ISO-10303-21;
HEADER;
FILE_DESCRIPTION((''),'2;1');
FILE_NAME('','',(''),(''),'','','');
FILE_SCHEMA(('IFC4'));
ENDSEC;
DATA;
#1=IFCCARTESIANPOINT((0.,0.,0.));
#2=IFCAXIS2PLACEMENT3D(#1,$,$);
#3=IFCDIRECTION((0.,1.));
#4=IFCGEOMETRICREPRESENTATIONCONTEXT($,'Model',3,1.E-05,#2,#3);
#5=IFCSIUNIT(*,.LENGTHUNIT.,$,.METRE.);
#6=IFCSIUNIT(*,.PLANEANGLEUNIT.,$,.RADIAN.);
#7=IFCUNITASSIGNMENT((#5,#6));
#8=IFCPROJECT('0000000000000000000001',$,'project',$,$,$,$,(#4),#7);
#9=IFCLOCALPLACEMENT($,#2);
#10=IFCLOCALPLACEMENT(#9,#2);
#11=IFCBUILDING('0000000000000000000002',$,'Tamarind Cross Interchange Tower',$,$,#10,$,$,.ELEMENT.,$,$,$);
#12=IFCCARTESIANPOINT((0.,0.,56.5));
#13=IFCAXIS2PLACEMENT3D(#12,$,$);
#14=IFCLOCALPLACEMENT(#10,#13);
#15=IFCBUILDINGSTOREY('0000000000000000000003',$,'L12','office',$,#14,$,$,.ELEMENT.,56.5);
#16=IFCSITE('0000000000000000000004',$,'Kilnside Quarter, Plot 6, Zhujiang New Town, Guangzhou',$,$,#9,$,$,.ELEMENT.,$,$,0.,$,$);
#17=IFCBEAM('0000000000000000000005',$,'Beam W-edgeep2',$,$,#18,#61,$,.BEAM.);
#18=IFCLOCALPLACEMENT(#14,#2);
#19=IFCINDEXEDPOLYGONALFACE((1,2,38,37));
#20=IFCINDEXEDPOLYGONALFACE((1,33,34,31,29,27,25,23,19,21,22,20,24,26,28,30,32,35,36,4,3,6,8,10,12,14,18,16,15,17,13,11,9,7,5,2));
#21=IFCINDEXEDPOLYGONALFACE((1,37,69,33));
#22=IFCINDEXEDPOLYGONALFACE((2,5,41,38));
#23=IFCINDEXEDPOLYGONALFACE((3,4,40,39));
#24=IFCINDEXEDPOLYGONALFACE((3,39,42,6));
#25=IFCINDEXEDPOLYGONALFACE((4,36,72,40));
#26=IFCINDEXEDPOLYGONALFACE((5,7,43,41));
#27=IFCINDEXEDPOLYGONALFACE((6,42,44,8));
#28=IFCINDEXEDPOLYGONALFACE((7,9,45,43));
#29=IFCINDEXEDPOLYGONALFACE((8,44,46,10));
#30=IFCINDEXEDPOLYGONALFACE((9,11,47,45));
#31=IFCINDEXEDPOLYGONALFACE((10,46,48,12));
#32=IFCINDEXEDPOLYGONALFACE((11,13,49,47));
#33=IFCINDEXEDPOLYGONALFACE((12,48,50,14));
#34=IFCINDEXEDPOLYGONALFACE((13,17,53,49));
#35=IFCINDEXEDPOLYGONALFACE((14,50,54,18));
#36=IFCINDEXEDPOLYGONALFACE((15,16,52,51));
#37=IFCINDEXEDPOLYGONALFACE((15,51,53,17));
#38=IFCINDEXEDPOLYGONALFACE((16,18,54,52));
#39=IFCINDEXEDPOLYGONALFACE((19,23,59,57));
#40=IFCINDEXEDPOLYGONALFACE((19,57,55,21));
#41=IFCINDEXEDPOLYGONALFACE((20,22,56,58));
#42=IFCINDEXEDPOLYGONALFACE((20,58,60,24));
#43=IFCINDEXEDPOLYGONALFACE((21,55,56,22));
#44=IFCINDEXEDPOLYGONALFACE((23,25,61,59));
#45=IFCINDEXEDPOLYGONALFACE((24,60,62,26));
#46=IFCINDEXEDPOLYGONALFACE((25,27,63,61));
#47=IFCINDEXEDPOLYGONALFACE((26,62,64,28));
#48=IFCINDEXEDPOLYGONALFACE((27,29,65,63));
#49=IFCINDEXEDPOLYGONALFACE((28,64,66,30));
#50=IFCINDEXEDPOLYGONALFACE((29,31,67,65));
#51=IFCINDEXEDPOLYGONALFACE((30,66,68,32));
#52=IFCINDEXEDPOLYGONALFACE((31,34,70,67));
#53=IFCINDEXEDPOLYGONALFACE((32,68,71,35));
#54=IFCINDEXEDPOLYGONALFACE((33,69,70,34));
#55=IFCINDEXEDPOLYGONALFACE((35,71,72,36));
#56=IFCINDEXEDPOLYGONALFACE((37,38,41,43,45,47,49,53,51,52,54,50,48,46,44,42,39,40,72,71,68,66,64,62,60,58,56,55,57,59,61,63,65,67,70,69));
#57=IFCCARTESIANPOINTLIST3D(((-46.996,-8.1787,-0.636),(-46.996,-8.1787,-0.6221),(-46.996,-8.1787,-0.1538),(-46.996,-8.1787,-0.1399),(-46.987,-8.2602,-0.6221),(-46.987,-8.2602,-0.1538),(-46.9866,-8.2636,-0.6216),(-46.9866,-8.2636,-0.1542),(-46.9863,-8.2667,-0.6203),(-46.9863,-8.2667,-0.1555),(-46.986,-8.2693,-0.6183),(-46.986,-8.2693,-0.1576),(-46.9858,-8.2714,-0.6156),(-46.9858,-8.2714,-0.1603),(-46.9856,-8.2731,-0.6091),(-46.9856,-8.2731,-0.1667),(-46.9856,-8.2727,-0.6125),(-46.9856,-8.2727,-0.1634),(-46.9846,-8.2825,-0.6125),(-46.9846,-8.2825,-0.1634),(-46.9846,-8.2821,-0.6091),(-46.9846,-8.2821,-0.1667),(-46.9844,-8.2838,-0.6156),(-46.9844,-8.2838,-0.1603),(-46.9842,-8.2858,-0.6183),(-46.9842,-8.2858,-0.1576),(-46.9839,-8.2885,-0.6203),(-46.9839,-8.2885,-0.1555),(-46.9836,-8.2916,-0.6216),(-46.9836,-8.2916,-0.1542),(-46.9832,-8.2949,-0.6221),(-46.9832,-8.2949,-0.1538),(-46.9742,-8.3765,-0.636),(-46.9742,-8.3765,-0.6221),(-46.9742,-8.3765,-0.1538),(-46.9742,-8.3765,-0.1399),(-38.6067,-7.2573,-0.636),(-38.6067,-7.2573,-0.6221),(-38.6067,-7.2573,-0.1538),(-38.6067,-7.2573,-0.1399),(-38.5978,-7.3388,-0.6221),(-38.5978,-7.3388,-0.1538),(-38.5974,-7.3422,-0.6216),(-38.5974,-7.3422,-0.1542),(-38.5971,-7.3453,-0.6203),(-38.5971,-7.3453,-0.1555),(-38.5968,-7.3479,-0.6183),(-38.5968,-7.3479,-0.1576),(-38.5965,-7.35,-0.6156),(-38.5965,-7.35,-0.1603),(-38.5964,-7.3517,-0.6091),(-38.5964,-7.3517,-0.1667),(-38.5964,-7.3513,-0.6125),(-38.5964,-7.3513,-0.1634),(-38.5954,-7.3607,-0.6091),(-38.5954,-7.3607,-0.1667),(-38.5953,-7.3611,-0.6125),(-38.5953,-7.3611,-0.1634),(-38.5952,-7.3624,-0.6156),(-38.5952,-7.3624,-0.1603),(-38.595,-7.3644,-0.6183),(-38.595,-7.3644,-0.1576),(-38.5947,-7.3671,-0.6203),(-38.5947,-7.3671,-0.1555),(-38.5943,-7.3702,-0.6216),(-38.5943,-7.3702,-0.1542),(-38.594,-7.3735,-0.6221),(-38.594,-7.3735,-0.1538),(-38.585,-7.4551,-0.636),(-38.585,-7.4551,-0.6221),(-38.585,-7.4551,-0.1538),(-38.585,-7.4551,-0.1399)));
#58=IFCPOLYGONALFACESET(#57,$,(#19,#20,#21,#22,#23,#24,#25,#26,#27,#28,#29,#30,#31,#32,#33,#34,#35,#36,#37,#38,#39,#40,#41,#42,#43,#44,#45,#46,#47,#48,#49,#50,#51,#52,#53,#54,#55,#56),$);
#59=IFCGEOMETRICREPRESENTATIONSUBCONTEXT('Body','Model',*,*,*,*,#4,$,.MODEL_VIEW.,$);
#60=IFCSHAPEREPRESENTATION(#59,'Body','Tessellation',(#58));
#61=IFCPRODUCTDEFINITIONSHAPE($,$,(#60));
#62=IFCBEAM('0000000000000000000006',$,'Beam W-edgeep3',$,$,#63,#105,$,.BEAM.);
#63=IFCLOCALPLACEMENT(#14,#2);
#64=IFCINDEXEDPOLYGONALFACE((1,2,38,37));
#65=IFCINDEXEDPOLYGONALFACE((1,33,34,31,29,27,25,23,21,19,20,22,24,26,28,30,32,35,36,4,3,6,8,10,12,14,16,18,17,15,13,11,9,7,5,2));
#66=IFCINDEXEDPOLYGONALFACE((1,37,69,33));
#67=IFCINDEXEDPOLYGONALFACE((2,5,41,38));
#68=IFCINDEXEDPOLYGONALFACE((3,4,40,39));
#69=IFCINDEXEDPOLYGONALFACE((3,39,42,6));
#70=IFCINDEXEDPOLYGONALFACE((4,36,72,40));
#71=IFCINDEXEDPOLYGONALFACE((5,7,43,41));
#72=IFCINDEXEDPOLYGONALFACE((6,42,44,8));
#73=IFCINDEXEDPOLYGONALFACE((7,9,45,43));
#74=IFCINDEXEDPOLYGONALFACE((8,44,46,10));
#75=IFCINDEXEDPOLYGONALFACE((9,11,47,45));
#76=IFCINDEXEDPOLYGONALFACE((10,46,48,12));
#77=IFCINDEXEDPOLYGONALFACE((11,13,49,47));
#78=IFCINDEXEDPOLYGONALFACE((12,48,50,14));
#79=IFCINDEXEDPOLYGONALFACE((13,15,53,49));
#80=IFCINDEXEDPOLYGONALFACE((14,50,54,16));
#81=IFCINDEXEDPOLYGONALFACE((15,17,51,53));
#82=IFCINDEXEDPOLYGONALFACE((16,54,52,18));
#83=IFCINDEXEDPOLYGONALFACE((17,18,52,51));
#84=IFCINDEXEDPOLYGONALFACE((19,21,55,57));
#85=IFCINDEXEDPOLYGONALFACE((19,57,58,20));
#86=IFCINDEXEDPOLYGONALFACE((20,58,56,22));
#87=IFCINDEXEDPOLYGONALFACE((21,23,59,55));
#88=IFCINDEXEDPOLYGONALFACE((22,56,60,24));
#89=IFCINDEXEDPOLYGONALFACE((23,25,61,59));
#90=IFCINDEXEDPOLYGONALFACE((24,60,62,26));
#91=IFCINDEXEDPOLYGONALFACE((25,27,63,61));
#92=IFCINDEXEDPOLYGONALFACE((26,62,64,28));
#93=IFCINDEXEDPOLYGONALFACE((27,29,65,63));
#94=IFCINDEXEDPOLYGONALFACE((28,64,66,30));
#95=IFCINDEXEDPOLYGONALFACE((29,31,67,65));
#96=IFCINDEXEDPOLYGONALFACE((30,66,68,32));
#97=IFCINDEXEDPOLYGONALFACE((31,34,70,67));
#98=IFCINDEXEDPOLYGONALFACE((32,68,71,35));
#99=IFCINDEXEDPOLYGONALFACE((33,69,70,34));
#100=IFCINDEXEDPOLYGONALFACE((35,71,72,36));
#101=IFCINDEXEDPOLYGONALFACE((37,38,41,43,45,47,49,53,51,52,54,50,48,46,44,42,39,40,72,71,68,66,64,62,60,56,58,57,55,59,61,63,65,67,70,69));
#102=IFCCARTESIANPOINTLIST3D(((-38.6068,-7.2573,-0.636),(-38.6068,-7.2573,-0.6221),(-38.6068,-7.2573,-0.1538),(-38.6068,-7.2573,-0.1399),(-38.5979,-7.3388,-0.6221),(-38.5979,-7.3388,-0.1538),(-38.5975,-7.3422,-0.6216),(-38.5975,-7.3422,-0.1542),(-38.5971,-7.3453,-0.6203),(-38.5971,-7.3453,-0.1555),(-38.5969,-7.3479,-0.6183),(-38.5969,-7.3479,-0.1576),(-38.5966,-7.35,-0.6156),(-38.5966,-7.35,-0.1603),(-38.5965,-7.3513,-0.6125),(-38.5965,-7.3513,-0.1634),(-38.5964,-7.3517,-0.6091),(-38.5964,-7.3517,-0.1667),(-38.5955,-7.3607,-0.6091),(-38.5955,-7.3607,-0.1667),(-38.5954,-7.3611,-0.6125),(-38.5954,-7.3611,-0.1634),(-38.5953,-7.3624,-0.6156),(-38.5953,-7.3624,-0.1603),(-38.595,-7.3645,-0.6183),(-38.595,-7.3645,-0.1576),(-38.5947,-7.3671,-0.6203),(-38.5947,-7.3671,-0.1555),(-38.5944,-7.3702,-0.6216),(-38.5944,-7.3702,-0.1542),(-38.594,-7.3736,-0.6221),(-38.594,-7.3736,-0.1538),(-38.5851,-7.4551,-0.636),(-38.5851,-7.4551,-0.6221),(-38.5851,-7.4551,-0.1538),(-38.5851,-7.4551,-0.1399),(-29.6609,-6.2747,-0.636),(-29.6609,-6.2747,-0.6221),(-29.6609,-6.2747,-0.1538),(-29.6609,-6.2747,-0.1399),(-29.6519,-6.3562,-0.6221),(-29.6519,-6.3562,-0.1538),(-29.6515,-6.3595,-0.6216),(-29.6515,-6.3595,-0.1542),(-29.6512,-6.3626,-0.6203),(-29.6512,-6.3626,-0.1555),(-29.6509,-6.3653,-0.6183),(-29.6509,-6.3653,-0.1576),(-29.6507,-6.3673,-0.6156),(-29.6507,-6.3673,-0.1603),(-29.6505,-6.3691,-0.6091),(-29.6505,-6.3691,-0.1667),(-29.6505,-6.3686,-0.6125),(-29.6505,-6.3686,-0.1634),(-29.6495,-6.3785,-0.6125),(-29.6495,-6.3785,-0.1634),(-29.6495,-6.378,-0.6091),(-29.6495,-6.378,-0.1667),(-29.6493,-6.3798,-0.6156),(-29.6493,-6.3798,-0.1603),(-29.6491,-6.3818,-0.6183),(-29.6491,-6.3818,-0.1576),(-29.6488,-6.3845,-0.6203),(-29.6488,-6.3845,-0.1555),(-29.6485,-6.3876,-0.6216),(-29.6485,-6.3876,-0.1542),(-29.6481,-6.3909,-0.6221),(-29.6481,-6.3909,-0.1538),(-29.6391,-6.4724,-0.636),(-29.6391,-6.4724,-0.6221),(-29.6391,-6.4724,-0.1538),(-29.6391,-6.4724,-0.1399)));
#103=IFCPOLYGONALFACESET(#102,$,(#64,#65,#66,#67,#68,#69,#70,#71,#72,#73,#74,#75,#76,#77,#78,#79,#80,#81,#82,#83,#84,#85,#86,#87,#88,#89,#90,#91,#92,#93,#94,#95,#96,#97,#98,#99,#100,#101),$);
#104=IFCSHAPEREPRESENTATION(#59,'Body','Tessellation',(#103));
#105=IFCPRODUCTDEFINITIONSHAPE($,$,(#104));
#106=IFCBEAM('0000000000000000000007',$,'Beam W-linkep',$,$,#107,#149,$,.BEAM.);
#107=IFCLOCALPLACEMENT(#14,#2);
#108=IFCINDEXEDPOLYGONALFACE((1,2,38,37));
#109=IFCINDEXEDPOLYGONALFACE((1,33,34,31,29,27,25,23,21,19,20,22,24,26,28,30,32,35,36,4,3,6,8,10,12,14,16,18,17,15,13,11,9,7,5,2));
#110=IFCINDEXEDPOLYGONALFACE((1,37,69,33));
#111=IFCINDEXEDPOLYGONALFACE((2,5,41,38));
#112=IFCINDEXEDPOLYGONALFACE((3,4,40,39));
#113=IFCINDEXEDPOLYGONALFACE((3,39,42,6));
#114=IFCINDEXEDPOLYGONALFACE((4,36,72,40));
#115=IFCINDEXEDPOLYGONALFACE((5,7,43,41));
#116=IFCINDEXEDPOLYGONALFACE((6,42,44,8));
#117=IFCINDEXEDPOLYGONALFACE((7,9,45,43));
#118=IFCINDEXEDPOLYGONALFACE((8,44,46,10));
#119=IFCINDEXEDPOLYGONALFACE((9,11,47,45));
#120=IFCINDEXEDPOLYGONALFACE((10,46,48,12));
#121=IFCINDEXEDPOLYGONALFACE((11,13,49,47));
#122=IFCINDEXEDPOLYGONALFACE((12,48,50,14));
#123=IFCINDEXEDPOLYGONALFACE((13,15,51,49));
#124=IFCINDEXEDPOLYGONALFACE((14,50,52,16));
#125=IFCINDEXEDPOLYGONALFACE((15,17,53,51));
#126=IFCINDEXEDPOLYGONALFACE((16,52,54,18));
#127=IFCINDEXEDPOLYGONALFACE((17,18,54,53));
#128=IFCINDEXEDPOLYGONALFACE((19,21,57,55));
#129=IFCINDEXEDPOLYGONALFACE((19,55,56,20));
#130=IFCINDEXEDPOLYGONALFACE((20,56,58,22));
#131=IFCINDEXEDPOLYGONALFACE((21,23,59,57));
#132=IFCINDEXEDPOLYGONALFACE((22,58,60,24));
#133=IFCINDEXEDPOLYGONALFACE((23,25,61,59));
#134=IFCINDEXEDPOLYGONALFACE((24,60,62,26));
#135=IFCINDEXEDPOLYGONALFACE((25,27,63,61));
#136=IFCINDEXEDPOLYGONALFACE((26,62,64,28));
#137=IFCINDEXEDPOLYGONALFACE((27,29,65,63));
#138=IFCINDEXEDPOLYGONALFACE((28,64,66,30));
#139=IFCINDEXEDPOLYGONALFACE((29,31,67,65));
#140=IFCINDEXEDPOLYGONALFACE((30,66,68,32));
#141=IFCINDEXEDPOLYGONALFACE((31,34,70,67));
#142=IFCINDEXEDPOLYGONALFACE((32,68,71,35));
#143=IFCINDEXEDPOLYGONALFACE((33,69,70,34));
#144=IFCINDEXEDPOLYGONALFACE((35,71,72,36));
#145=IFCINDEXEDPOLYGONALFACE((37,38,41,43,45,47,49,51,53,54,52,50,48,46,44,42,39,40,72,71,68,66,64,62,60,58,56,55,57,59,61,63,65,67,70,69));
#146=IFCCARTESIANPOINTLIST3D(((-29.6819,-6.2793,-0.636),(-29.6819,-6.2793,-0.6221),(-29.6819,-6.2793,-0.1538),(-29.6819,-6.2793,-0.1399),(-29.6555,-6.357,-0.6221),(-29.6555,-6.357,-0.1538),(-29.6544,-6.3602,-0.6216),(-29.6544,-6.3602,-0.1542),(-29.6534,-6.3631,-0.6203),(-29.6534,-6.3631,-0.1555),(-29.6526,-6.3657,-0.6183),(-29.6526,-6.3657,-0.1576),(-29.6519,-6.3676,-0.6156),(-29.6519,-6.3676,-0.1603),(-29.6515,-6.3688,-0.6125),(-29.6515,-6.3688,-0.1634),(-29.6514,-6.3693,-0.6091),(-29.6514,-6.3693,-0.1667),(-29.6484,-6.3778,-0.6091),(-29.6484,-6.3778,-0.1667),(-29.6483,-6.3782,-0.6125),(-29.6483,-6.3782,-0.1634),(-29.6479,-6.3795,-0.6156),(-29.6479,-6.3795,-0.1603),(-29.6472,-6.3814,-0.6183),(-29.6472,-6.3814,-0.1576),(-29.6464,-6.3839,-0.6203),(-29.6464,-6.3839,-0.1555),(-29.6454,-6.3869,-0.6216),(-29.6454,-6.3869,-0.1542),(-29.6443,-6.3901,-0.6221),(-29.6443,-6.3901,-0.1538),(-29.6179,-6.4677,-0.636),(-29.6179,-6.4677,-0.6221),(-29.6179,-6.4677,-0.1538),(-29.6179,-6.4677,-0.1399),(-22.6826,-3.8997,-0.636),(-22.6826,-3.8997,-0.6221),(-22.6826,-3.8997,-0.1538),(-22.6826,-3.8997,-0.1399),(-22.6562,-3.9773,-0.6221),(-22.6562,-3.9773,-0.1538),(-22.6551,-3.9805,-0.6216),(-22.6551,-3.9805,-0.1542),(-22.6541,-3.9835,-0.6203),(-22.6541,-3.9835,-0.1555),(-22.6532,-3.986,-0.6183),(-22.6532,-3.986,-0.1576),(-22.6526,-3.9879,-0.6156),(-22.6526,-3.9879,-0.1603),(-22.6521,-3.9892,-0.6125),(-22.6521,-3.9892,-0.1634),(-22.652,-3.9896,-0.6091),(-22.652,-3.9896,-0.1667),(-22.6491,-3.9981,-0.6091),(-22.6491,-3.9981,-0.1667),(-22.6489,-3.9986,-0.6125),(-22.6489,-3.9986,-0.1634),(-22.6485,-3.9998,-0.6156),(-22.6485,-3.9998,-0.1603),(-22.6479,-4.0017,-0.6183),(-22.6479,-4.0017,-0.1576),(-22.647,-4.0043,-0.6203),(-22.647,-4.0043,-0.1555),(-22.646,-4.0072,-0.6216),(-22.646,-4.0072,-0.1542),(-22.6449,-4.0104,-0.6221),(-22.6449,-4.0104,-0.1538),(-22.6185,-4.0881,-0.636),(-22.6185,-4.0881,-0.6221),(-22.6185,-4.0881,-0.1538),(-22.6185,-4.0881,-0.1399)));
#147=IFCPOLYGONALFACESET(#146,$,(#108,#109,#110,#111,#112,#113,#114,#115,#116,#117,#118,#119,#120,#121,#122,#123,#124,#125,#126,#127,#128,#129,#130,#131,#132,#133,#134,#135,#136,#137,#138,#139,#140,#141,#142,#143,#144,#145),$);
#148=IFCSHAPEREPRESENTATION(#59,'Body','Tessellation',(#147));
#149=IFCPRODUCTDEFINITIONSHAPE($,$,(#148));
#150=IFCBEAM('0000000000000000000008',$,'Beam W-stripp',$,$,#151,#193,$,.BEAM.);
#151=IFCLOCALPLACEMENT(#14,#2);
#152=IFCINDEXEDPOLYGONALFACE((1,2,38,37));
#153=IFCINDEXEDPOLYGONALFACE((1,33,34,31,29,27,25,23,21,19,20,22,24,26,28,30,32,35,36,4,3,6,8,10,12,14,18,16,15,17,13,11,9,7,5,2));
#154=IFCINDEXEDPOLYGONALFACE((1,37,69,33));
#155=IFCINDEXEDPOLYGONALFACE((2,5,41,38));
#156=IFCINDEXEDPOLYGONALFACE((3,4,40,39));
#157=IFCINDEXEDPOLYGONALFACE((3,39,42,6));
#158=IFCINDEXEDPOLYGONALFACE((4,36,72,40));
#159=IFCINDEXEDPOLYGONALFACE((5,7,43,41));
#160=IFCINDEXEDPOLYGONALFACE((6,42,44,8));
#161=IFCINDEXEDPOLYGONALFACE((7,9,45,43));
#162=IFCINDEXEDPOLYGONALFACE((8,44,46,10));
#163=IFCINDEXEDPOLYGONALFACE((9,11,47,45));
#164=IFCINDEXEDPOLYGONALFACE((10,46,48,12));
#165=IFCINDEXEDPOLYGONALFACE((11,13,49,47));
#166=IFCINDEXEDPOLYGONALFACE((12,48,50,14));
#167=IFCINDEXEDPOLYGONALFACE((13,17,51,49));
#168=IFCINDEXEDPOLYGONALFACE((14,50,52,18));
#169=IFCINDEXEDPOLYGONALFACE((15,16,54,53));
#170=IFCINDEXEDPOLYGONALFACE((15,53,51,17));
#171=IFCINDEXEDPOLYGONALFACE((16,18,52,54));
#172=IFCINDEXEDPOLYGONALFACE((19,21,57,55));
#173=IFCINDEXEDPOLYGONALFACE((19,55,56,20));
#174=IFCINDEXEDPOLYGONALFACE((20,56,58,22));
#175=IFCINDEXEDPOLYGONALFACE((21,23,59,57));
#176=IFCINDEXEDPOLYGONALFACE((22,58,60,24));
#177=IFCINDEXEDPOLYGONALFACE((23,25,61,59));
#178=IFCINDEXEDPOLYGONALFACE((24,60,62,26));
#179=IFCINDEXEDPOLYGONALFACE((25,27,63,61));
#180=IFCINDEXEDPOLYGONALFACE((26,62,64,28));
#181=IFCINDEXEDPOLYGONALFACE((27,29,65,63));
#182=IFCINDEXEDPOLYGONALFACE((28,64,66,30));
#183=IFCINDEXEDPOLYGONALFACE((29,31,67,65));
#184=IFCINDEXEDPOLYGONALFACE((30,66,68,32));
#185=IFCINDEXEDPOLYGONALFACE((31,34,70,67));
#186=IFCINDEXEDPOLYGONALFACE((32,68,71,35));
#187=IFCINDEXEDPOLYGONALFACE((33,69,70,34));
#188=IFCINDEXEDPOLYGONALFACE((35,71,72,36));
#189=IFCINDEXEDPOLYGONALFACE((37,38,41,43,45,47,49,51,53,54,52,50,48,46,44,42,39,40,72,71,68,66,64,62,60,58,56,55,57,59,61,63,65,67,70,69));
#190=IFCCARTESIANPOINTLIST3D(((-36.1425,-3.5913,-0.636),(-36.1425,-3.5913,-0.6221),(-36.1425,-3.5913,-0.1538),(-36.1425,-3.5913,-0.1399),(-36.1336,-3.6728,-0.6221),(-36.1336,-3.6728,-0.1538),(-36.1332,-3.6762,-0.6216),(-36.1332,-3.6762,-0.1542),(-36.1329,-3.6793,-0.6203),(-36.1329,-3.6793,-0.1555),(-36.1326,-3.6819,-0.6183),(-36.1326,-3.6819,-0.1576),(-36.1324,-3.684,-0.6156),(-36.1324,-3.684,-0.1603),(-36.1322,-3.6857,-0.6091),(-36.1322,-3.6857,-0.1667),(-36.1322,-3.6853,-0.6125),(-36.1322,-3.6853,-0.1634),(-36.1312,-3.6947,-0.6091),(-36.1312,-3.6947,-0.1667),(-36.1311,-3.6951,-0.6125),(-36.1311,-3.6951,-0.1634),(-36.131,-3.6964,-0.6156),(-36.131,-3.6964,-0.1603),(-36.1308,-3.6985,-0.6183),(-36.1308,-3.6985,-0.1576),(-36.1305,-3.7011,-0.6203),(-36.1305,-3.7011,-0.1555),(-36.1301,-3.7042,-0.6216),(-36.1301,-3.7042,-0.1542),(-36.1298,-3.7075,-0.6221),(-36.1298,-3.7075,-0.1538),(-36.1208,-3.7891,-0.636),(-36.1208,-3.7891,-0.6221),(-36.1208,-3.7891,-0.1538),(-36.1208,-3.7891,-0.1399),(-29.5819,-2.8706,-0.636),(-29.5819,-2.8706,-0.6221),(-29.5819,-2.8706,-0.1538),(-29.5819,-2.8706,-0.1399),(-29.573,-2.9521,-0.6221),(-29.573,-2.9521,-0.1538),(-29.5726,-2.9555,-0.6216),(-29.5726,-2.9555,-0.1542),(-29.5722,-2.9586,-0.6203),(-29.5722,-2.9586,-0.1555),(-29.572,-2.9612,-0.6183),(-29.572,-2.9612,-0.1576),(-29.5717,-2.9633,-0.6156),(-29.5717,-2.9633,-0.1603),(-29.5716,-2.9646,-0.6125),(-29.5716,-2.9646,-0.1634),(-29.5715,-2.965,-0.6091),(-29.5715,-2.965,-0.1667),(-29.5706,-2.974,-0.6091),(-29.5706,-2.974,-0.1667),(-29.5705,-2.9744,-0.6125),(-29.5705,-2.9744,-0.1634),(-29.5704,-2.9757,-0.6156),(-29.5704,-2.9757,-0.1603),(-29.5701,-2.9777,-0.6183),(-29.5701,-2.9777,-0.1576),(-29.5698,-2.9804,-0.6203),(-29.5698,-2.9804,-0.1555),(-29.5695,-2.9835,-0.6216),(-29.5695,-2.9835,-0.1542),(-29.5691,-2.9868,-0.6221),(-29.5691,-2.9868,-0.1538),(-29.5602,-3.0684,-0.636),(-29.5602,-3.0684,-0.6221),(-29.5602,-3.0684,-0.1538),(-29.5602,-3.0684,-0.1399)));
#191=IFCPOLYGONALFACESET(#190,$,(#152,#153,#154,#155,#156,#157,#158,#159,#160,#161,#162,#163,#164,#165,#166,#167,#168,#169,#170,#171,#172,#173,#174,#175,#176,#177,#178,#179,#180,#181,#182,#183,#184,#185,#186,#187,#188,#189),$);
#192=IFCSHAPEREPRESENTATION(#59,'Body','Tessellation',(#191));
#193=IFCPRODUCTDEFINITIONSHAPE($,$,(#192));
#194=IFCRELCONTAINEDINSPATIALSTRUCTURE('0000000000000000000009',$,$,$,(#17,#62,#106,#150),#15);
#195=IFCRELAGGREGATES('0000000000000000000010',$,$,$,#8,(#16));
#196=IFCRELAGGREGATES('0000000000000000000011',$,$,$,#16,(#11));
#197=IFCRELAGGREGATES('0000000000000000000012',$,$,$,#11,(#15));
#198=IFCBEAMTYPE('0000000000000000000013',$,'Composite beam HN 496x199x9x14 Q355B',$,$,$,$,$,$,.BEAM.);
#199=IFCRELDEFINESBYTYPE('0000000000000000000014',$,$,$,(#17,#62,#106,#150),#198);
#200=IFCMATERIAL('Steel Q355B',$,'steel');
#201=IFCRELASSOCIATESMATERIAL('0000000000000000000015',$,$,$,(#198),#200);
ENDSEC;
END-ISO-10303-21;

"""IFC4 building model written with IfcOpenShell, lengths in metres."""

from ifc_helpers import new_model, si_unit, direction, frame, origin, origin_2d, place, context, subcontext, project, spatial, i_section, extrude, material, material_profile, profile_set, type_object, element, save


model = new_model("IFC4")

# Units and contexts
model_context = context("Model", 3, precision=1e-05, world=origin(), true_north=direction((0.0, 1.0)))
body_context = subcontext(model_context, "Body", "Model", "MODEL_VIEW")
ifc_project = project(units=[si_unit("LENGTHUNIT", "METRE"), si_unit("PLANEANGLEUNIT", "RADIAN")], contexts=[model_context])

# Site, building, storey
site_placement = place(None, origin())
site = spatial("IfcSite", under=ifc_project, at=site_placement, Name="Kilnside Quarter, Plot 6, Zhujiang New Town, Guangzhou", CompositionType="ELEMENT", RefElevation=0.0)
building_placement = place(site_placement, origin())
building = spatial("IfcBuilding", under=site, at=building_placement, Name="Tamarind Cross Interchange Tower", CompositionType="ELEMENT")
storey_placement = place(building_placement, frame((0.0, 0.0, 56.5)))
storey = spatial("IfcBuildingStorey", under=building, at=storey_placement, Name="L12", Description="office", CompositionType="ELEMENT", Elevation=56.5)

# Beams
ifc_material_1 = material(Name="Steel Q355B", Category="steel")
ifc_material_profile_1 = material_profile(ifc_material_1, i_section(OverallWidth=0.199, OverallDepth=0.4961, WebThickness=0.009, FlangeThickness=0.0139, FilletRadius=0.0129, at=origin_2d()), Name="HN 496x199x9x14")
ifc_profile_set_1 = profile_set([ifc_material_profile_1], Name="Steel Q355B")
beam_type_1 = type_object("IfcBeamType", Name="Composite beam HN 496x199x9x14 Q355B", PredefinedType="BEAM", material=ifc_profile_set_1)
beam_1_placement = place(storey_placement, frame((-46.9851, -8.2776, -0.3879), z_axis=(0.994023, 0.109174, 0.0), x_axis=(-0.109174, 0.994023, 0.0)))
element("IfcBeam", 1, at=beam_1_placement, inside=storey, type_object=beam_type_1, Name="Beam W-edgeep2", PredefinedType="BEAM", context=body_context, shape_type="SweptSolid", body=[
    extrude(i_section(OverallWidth=0.199, OverallDepth=0.4961, WebThickness=0.009, FlangeThickness=0.0139, FilletRadius=0.0129, at=origin_2d()), origin(), (0.0, 0.0, 1.0), 8.4397),
])
beam_2_placement = place(storey_placement, frame((-38.5959, -7.3562, -0.3879), z_axis=(0.994021, 0.109187, 0.0), x_axis=(-0.109187, 0.994021, 0.0)))
element("IfcBeam", 2, at=beam_2_placement, inside=storey, type_object=beam_type_1, Name="Beam W-edgeep3", PredefinedType="BEAM", context=body_context, shape_type="SweptSolid", body=[
    extrude(i_section(OverallWidth=0.199, OverallDepth=0.4961, WebThickness=0.009, FlangeThickness=0.0139, FilletRadius=0.0129, at=origin_2d()), origin(), (0.0, 0.0, 1.0), 8.9998),
])
beam_3_placement = place(storey_placement, frame((-29.6499, -6.3735, -0.3879), z_axis=(0.946777, 0.321889, 0.0), x_axis=(-0.321889, 0.946777, 0.0)))
element("IfcBeam", 3, at=beam_3_placement, inside=storey, type_object=beam_type_1, Name="Beam W-linkep", PredefinedType="BEAM", context=body_context, shape_type="SweptSolid", body=[
    extrude(i_section(OverallWidth=0.199, OverallDepth=0.4961, WebThickness=0.009, FlangeThickness=0.0139, FilletRadius=0.0129, at=origin_2d()), origin(), (0.0, 0.0, 1.0), 7.3928),
])
beam_4_placement = place(storey_placement, frame((-29.571, -2.9695, -0.3879), z_axis=(-0.99402, -0.109197, 0.0), x_axis=(0.109197, -0.99402, 0.0)))
element("IfcBeam", 4, at=beam_4_placement, inside=storey, type_object=beam_type_1, Name="Beam W-stripp", PredefinedType="BEAM", context=body_context, shape_type="SweptSolid", body=[
    extrude(i_section(OverallWidth=0.199, OverallDepth=0.4961, WebThickness=0.009, FlangeThickness=0.0139, FilletRadius=0.0129, at=origin_2d()), origin(), (0.0, 0.0, 1.0), 6.6001),
])

save(model, "model.ifc")
